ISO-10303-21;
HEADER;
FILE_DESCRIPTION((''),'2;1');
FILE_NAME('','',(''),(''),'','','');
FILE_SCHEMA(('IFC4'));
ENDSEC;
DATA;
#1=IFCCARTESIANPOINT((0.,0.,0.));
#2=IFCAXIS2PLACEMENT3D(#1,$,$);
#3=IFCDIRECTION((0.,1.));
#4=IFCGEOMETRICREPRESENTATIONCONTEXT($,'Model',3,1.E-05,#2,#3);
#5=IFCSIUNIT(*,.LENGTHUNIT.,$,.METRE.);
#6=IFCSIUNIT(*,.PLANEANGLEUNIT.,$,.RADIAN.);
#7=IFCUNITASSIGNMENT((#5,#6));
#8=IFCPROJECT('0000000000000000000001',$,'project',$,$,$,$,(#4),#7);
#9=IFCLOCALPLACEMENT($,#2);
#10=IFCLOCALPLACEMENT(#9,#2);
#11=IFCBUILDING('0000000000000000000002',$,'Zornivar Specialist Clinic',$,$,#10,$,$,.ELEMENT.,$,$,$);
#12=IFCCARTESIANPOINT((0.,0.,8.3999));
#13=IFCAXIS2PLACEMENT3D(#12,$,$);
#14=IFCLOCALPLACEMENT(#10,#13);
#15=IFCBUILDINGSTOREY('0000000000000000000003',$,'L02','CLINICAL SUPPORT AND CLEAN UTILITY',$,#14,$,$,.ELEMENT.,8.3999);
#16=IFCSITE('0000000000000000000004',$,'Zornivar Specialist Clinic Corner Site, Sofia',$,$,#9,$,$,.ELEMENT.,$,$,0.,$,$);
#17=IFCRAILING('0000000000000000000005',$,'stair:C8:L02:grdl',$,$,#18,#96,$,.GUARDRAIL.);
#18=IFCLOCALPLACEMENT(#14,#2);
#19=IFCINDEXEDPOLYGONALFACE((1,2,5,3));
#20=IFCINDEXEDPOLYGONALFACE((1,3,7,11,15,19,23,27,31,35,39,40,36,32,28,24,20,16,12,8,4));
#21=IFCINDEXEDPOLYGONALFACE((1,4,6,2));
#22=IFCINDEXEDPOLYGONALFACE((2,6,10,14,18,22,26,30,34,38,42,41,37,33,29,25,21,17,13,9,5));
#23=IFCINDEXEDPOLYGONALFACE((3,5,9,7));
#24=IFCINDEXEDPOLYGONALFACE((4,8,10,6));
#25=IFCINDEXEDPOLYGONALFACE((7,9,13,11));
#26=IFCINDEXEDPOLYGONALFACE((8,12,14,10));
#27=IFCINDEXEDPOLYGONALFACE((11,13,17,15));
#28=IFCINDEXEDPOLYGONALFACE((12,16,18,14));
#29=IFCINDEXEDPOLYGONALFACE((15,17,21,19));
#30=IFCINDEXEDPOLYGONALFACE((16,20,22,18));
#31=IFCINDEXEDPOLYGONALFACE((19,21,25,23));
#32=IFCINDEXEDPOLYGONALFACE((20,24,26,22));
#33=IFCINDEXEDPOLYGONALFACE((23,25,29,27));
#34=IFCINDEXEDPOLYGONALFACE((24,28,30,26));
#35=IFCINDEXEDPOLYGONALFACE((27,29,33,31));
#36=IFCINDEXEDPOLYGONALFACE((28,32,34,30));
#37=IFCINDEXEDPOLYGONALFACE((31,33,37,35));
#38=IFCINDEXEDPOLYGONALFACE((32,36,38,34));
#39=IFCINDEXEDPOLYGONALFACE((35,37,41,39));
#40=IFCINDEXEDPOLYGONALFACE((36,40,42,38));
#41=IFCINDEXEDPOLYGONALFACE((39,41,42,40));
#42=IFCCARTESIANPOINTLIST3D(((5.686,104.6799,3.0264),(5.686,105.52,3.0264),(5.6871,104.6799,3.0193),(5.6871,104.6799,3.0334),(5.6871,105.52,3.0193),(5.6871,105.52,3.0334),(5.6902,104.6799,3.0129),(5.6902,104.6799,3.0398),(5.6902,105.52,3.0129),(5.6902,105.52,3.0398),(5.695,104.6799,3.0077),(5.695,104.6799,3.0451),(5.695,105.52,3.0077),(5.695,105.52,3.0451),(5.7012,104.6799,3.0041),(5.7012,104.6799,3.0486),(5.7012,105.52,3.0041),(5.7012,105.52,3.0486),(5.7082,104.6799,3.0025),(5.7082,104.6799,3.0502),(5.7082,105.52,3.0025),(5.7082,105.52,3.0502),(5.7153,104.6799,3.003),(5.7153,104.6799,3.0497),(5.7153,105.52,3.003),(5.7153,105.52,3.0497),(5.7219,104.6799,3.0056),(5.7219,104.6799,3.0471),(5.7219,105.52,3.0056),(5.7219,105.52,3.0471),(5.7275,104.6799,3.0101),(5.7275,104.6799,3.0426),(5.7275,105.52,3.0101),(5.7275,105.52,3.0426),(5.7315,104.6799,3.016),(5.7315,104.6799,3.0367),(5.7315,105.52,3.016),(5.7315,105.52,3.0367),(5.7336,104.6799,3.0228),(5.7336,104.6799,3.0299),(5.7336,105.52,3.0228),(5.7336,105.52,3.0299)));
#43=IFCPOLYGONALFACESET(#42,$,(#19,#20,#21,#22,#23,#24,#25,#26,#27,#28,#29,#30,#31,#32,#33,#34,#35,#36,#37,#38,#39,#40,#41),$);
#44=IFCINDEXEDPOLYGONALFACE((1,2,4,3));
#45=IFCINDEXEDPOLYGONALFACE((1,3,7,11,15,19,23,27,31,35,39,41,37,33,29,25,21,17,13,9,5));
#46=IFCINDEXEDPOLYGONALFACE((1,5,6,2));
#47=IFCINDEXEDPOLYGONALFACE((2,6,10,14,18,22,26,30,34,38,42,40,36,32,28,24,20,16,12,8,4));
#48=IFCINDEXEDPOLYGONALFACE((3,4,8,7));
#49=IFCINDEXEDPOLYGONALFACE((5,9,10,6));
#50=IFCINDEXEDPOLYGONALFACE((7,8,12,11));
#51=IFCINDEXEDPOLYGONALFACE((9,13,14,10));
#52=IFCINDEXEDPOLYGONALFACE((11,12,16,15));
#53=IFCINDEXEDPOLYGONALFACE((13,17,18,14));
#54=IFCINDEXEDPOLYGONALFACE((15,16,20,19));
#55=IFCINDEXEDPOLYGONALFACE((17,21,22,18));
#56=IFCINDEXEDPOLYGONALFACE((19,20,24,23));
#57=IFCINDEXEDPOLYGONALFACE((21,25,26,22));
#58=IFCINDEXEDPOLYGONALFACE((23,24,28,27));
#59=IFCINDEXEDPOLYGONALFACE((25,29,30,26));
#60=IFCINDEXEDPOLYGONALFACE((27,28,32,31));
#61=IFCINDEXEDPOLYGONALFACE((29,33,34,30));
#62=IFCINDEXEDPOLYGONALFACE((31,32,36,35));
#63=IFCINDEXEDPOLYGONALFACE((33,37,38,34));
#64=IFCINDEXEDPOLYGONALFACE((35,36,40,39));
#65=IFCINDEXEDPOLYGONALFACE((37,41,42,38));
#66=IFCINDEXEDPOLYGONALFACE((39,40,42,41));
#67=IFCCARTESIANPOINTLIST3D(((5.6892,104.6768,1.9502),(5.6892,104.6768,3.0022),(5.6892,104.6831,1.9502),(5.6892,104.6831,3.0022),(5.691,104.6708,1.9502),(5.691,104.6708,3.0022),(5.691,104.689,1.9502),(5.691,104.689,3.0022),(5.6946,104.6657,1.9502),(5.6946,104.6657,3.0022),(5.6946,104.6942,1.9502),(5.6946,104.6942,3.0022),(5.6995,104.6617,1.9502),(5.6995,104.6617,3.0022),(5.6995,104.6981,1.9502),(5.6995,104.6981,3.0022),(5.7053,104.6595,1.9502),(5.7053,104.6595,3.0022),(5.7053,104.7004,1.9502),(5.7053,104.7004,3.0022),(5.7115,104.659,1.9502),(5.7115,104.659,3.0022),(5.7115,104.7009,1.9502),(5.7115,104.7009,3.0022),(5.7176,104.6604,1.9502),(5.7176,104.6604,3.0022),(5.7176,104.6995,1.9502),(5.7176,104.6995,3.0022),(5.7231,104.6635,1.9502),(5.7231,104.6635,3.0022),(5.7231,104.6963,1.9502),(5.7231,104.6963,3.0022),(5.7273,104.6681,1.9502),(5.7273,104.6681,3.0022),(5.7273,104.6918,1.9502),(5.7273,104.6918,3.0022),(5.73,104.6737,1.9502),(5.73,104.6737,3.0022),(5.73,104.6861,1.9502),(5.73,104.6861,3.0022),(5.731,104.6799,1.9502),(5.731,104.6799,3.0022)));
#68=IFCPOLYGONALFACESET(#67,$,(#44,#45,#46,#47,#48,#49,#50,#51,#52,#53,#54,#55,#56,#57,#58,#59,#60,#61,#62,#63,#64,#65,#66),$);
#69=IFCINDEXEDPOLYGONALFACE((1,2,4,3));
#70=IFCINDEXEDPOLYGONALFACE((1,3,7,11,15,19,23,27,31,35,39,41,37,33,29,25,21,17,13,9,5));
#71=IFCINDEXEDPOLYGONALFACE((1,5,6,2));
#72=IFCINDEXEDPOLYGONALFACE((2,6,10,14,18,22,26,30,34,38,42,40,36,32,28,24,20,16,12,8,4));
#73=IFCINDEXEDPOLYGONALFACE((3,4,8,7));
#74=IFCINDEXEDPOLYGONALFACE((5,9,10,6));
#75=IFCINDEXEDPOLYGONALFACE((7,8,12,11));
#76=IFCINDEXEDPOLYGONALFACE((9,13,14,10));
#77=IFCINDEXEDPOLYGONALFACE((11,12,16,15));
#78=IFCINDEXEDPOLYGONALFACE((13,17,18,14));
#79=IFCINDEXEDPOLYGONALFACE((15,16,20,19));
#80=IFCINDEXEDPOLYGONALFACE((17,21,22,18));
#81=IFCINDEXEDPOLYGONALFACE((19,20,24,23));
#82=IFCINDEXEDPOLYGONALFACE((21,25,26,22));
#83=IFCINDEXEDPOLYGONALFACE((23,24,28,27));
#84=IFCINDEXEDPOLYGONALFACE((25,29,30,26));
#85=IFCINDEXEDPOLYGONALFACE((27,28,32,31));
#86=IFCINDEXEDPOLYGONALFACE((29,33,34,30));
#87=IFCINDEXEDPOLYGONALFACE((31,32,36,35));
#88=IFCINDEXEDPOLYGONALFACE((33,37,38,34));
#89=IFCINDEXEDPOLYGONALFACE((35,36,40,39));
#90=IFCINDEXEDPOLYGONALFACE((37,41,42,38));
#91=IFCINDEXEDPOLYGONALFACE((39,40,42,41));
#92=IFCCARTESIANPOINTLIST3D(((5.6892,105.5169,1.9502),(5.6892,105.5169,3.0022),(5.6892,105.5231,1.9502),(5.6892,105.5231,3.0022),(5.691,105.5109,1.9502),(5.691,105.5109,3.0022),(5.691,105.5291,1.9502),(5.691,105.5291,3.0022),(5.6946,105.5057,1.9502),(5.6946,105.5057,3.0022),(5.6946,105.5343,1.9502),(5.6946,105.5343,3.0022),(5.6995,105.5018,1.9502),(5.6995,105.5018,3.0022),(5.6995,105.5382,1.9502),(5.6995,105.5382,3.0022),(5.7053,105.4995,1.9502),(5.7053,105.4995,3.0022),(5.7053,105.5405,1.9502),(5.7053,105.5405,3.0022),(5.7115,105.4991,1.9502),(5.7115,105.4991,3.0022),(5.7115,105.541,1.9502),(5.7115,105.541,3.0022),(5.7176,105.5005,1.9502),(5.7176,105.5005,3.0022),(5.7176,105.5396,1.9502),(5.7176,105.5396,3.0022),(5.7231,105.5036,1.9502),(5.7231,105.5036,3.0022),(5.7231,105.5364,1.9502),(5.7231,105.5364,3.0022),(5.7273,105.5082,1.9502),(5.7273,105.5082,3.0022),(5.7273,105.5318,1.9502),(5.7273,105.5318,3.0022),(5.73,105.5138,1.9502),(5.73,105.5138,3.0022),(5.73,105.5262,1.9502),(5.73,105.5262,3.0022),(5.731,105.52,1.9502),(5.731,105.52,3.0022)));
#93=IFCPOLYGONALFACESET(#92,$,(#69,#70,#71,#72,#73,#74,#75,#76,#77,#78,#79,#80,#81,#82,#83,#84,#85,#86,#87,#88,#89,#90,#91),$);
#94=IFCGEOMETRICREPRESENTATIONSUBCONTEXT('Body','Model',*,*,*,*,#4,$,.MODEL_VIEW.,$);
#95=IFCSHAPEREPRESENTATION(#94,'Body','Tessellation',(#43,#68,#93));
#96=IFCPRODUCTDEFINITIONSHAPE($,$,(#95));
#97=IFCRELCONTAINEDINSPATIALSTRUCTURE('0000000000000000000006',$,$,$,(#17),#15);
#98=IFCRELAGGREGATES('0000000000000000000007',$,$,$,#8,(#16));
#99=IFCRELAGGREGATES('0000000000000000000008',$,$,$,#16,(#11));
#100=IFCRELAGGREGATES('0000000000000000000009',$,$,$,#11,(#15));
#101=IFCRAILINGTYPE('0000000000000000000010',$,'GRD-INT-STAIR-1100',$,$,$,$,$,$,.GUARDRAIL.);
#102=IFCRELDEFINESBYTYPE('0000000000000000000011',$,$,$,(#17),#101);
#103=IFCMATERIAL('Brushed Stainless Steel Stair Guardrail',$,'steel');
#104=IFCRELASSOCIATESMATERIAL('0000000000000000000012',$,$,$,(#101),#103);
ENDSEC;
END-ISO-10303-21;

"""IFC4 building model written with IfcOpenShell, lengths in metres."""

from ifc_helpers import new_model, si_unit, direction, frame, origin, origin_2d, place, context, subcontext, project, spatial, circle, extrude, material, type_object, element, save


model = new_model("IFC4")

# Units and contexts
model_context = context("Model", 3, precision=1e-05, world=origin(), true_north=direction((0.0, 1.0)))
body_context = subcontext(model_context, "Body", "Model", "MODEL_VIEW")
ifc_project = project(units=[si_unit("LENGTHUNIT", "METRE"), si_unit("PLANEANGLEUNIT", "RADIAN")], contexts=[model_context])

# Site, building, storey
site_placement = place(None, origin())
site = spatial("IfcSite", under=ifc_project, at=site_placement, Name="Zornivar Specialist Clinic Corner Site, Sofia", CompositionType="ELEMENT", RefElevation=0.0)
building_placement = place(site_placement, origin())
building = spatial("IfcBuilding", under=site, at=building_placement, Name="Zornivar Specialist Clinic", CompositionType="ELEMENT")
storey_placement = place(building_placement, frame((0.0, 0.0, 8.3999)))
storey = spatial("IfcBuildingStorey", under=building, at=storey_placement, Name="L02", Description="CLINICAL SUPPORT AND CLEAN UTILITY", CompositionType="ELEMENT", Elevation=8.3999)

# Railing
ifc_material_1 = material(Name="Brushed Stainless Steel Stair Guardrail", Category="steel")
railing_type_1 = type_object("IfcRailingType", Name="GRD-INT-STAIR-1100", PredefinedType="GUARDRAIL", material=ifc_material_1)
railing_1_placement = place(storey_placement, frame((5.71, 104.6799, 1.9502)))
element("IfcRailing", 1, at=railing_1_placement, inside=storey, type_object=railing_type_1, Name="stair:C8:L02:grdl", PredefinedType="GUARDRAIL", context=body_context, shape_type="SweptSolid", body=[
    extrude(circle(Radius=0.0239, at=origin_2d()), frame((0.0, 0.0, 1.0762), z_axis=(0.0, 1.0, 0.0), x_axis=(-1.0, 0.0, 0.0)), (0.0, 0.0, 1.0), 0.8401),
    extrude(circle(Radius=0.021, at=origin_2d()), origin(), (0.0, 0.0, 1.0), 1.052),
    extrude(circle(Radius=0.021, at=origin_2d()), frame((0.0, 0.8401, 0.0)), (0.0, 0.0, 1.0), 1.052),
])

save(model, "model.ifc")
